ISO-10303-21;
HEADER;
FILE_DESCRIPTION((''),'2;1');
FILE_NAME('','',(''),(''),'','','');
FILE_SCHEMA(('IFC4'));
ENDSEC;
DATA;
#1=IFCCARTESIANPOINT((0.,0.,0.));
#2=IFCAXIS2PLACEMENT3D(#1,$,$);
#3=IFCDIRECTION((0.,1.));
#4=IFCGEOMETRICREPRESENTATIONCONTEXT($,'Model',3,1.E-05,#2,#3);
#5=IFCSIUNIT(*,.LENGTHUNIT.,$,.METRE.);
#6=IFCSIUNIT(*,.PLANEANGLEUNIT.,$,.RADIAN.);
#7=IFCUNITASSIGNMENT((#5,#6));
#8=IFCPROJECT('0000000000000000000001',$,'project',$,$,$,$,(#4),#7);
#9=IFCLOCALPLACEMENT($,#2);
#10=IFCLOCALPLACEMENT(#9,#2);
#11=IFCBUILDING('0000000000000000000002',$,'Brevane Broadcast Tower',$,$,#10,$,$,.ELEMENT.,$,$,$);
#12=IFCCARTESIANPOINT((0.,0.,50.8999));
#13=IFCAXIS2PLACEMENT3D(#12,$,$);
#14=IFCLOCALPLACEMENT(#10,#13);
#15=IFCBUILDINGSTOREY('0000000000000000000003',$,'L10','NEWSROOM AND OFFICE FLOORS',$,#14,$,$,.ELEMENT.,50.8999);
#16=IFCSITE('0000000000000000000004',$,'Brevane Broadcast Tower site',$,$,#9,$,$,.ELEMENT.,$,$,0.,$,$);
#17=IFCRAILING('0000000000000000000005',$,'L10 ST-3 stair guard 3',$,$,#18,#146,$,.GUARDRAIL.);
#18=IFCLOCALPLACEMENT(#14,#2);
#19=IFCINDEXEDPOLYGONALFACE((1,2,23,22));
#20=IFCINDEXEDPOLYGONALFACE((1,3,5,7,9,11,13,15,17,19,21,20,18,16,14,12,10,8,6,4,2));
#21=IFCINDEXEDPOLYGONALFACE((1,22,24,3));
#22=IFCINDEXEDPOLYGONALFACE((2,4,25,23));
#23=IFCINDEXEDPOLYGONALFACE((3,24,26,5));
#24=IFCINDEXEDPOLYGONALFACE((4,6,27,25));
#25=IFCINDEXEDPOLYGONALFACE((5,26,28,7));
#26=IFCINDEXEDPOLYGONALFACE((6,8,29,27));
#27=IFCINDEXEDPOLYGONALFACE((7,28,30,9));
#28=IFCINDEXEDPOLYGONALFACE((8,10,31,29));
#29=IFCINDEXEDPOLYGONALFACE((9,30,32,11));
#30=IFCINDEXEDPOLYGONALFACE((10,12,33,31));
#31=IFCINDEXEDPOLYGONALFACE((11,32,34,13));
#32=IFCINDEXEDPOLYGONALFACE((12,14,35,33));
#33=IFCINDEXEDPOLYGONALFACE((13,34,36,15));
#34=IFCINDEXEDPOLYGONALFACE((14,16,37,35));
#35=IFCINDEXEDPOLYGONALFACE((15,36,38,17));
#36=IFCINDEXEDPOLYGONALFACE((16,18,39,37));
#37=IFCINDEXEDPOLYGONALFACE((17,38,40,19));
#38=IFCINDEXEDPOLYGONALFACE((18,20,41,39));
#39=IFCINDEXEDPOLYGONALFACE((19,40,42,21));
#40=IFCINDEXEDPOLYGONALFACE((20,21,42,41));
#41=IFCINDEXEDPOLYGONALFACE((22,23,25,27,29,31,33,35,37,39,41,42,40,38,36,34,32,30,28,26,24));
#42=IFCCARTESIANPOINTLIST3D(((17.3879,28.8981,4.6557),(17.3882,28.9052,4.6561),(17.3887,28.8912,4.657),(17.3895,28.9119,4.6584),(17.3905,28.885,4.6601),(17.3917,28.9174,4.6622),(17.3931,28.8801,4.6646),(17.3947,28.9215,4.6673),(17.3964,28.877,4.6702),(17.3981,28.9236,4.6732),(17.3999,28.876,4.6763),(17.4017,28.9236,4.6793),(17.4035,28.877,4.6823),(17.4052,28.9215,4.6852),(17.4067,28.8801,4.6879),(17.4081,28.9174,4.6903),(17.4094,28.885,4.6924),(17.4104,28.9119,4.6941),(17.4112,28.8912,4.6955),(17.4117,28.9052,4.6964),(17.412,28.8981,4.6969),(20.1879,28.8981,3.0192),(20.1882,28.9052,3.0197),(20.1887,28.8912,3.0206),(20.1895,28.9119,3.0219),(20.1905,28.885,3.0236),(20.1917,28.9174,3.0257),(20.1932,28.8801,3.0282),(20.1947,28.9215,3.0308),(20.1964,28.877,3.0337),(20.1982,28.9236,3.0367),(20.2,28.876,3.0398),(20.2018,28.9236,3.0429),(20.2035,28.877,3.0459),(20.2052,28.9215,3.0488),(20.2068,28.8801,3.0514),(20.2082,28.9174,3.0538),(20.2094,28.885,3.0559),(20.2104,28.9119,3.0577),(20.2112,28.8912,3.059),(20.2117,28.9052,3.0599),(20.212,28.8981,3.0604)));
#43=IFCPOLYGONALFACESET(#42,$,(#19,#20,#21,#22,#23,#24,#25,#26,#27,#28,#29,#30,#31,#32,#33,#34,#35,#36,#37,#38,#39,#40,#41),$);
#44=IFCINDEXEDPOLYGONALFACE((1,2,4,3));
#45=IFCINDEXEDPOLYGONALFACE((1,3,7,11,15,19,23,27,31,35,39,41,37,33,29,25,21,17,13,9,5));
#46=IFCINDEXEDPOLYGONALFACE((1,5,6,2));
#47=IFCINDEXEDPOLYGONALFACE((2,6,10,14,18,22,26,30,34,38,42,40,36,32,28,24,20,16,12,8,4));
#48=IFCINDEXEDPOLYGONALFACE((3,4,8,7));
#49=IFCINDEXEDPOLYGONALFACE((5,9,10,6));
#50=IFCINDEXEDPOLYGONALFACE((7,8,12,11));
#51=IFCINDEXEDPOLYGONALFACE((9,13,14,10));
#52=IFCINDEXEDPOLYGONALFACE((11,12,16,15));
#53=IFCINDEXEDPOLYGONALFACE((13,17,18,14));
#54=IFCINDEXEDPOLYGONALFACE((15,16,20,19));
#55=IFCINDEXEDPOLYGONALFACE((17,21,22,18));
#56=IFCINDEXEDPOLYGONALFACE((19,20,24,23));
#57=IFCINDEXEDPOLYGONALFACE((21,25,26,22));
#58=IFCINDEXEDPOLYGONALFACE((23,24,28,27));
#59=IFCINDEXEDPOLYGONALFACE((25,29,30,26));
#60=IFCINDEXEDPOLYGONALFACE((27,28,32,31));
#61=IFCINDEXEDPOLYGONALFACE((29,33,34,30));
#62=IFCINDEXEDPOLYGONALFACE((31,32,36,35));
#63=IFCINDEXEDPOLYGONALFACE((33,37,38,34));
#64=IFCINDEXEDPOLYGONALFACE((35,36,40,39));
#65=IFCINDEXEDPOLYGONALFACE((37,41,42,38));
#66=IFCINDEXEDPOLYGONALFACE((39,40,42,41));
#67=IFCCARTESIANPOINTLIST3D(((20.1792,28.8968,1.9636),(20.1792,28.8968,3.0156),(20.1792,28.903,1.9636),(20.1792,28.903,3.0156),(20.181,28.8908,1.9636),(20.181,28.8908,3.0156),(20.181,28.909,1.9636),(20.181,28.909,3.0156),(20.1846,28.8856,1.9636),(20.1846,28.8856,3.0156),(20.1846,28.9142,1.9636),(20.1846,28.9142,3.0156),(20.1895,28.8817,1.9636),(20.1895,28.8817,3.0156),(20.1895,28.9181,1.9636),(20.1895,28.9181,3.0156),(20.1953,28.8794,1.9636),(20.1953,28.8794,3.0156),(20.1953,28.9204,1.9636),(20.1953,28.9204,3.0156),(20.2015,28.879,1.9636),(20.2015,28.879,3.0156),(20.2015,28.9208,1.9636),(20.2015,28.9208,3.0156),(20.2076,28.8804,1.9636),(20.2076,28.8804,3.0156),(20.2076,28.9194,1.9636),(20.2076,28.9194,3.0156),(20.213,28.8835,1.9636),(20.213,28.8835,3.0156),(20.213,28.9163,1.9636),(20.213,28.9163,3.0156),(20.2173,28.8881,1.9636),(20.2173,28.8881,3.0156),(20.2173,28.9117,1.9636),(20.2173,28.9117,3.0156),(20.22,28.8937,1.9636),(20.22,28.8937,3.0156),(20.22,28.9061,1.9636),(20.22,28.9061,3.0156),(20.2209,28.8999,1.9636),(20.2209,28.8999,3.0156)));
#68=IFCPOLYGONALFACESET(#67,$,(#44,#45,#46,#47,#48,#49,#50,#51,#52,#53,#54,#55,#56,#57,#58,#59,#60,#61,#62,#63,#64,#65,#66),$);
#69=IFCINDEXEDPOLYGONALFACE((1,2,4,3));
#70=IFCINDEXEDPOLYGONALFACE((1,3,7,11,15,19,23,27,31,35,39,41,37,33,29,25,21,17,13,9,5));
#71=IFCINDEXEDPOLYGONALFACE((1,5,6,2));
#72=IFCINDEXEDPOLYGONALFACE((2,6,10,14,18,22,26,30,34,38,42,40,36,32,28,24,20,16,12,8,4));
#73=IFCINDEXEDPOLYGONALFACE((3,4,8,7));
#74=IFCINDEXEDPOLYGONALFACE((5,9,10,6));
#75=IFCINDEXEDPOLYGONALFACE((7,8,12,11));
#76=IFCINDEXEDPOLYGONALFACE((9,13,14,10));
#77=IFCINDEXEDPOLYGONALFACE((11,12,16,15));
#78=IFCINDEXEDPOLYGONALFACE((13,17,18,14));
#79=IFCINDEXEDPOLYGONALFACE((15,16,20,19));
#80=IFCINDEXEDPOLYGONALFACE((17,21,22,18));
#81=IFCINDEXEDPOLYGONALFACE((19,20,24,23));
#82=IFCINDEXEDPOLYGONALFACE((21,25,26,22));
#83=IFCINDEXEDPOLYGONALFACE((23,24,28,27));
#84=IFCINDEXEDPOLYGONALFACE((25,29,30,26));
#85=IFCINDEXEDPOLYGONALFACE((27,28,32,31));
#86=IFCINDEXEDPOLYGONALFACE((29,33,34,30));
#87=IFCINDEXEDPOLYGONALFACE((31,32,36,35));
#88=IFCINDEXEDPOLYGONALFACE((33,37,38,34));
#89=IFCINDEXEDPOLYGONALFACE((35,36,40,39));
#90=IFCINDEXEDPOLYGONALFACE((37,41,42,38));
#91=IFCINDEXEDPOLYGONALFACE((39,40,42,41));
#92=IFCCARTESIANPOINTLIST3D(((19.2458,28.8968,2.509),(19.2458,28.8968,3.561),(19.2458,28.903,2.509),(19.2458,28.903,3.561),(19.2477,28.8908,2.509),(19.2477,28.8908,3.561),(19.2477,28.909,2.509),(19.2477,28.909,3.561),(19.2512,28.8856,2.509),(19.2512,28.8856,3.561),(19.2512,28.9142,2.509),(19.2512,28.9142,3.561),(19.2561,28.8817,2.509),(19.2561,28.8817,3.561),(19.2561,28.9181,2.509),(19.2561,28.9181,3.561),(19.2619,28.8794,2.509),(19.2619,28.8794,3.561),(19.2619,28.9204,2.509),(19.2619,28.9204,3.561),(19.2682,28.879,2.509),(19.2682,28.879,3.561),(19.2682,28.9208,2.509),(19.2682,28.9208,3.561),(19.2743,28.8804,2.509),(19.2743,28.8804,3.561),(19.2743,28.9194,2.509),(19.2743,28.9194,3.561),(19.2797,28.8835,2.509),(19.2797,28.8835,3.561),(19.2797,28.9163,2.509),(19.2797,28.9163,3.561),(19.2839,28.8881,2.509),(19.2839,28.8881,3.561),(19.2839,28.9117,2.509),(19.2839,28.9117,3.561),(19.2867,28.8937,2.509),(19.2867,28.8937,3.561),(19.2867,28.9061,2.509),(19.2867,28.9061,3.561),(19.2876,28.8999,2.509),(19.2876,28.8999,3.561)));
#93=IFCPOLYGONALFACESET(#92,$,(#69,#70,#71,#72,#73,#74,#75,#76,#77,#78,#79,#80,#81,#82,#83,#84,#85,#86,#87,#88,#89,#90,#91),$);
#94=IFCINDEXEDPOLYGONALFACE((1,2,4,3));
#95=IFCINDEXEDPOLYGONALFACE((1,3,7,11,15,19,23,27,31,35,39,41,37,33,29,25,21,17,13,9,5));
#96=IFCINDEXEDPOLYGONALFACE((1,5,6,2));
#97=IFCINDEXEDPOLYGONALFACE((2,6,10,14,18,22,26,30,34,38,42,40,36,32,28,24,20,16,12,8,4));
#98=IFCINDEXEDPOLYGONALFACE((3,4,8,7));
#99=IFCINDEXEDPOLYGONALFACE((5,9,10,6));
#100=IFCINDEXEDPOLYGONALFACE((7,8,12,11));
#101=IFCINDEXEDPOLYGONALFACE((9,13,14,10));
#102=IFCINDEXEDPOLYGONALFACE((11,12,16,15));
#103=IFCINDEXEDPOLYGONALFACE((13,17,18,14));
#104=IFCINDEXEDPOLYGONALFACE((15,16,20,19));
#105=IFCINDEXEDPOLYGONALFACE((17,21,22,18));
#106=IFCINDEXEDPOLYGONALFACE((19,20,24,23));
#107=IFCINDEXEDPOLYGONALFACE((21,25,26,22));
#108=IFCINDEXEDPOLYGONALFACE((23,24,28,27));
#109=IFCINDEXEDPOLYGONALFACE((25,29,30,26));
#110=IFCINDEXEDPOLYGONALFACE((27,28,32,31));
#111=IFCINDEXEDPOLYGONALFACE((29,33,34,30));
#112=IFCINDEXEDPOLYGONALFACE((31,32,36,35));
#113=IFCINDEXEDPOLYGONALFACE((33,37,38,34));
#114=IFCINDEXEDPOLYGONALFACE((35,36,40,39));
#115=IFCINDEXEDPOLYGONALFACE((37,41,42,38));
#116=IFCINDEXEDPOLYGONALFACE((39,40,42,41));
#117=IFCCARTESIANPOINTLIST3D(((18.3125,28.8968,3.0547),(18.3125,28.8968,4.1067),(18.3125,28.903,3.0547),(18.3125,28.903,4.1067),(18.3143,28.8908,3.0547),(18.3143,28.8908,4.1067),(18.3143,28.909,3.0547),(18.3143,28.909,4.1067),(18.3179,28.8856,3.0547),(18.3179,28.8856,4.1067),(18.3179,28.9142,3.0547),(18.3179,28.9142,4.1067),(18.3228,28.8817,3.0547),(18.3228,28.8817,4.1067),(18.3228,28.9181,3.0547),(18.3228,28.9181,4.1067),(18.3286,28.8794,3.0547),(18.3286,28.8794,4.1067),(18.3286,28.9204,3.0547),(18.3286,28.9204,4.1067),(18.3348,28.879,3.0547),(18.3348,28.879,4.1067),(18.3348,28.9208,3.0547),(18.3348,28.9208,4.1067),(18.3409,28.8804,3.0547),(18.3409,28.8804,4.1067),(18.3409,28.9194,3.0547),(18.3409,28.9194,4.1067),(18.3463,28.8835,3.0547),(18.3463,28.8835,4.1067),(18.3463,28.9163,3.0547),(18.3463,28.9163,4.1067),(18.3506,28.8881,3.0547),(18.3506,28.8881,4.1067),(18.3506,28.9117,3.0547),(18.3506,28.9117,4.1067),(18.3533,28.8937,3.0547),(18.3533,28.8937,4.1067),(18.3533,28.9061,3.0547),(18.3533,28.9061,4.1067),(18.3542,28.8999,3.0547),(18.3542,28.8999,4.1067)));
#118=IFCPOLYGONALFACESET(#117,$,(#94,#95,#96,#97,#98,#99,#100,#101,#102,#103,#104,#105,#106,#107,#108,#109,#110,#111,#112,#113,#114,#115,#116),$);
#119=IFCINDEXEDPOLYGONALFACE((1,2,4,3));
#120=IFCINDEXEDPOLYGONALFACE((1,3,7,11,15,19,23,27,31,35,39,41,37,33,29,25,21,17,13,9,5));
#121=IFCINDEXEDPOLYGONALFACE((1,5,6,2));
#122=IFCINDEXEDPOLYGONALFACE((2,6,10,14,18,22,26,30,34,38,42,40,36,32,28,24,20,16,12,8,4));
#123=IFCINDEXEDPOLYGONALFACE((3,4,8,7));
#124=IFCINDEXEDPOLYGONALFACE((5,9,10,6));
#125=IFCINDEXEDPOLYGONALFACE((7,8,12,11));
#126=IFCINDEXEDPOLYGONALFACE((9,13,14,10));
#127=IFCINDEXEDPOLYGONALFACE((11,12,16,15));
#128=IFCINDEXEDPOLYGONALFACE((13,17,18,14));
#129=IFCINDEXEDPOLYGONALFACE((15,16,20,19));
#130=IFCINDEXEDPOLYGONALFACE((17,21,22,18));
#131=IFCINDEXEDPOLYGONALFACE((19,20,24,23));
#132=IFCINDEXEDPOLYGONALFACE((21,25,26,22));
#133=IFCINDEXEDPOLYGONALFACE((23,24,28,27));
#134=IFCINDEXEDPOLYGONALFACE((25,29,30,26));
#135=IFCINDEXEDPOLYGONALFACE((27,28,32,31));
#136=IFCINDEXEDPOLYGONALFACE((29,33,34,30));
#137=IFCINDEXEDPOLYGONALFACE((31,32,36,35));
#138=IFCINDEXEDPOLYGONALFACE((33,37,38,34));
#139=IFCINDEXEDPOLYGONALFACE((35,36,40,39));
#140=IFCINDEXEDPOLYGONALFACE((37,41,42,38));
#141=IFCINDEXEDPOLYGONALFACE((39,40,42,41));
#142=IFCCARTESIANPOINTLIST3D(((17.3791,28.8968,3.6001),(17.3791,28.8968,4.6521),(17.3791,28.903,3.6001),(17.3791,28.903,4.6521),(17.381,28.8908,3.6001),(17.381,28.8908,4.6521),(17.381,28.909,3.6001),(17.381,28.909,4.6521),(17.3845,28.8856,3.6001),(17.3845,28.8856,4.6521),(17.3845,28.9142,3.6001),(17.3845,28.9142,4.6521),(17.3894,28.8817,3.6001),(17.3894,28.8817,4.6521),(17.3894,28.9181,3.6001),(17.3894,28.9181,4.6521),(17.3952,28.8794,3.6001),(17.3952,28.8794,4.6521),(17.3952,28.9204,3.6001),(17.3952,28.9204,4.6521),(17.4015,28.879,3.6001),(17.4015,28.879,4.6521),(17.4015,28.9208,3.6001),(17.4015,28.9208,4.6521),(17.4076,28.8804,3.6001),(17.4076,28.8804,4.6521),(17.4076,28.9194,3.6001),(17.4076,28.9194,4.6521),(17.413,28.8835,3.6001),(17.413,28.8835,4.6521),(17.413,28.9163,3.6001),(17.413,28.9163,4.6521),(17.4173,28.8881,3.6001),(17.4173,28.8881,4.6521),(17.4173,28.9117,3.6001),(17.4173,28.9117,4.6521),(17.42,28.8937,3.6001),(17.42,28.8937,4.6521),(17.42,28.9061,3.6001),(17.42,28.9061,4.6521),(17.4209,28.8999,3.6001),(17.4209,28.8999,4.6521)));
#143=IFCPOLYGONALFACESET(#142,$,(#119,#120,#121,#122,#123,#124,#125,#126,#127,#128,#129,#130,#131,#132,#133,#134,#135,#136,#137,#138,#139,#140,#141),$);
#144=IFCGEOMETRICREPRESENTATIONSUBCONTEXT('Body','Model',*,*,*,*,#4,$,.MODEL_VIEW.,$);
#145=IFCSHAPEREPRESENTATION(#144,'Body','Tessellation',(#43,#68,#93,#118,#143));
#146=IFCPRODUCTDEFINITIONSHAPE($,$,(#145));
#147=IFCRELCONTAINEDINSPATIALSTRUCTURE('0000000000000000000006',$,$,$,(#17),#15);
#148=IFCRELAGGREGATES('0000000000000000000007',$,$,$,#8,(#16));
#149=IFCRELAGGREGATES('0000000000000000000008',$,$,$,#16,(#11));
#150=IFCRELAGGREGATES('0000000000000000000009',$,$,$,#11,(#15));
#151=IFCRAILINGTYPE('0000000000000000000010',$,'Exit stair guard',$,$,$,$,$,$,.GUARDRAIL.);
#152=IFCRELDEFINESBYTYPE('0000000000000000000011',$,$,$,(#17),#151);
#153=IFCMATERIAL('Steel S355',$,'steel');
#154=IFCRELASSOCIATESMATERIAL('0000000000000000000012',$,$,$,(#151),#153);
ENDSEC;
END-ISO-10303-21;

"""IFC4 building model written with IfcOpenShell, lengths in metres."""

from ifc_helpers import new_model, si_unit, direction, frame, origin, origin_2d, place, context, subcontext, project, spatial, circle, extrude, material, type_object, element, save


model = new_model("IFC4")

# Units and contexts
model_context = context("Model", 3, precision=1e-05, world=origin(), true_north=direction((0.0, 1.0)))
body_context = subcontext(model_context, "Body", "Model", "MODEL_VIEW")
ifc_project = project(units=[si_unit("LENGTHUNIT", "METRE"), si_unit("PLANEANGLEUNIT", "RADIAN")], contexts=[model_context])

# Site, building, storey
site_placement = place(None, origin())
site = spatial("IfcSite", under=ifc_project, at=site_placement, Name="Brevane Broadcast Tower site", CompositionType="ELEMENT", RefElevation=0.0)
building_placement = place(site_placement, origin())
building = spatial("IfcBuilding", under=site, at=building_placement, Name="Brevane Broadcast Tower", CompositionType="ELEMENT")
storey_placement = place(building_placement, frame((0.0, 0.0, 50.8999)))
storey = spatial("IfcBuildingStorey", under=building, at=storey_placement, Name="L10", Description="NEWSROOM AND OFFICE FLOORS", CompositionType="ELEMENT", Elevation=50.8999)

# Railing
ifc_material_1 = material(Name="Steel S355", Category="steel")
railing_type_1 = type_object("IfcRailingType", Name="Exit stair guard", PredefinedType="GUARDRAIL", material=ifc_material_1)
railing_1_placement = place(storey_placement, frame((20.2, 28.8999, 1.9636)))
element("IfcRailing", 1, at=railing_1_placement, inside=storey, type_object=railing_type_1, Name="L10 ST-3 stair guard 3", PredefinedType="GUARDRAIL", context=body_context, shape_type="SweptSolid", body=[
    extrude(circle(Radius=0.0239, at=origin_2d()), frame((0.0, 0.0, 1.0762), z_axis=(-0.863361, 0.0, 0.504587), x_axis=(0.0, -1.0, 0.0)), (0.0, 0.0, 1.0), 3.2432),
    extrude(circle(Radius=0.021, at=origin_2d()), origin(), (0.0, 0.0, 1.0), 1.052),
    extrude(circle(Radius=0.021, at=origin_2d()), frame((-0.9333, 0.0, 0.5454)), (0.0, 0.0, 1.0), 1.052),
    extrude(circle(Radius=0.021, at=origin_2d()), frame((-1.8667, 0.0, 1.0911)), (0.0, 0.0, 1.0), 1.052),
    extrude(circle(Radius=0.021, at=origin_2d()), frame((-2.8, 0.0, 1.6365)), (0.0, 0.0, 1.0), 1.052),
])

save(model, "model.ifc")
